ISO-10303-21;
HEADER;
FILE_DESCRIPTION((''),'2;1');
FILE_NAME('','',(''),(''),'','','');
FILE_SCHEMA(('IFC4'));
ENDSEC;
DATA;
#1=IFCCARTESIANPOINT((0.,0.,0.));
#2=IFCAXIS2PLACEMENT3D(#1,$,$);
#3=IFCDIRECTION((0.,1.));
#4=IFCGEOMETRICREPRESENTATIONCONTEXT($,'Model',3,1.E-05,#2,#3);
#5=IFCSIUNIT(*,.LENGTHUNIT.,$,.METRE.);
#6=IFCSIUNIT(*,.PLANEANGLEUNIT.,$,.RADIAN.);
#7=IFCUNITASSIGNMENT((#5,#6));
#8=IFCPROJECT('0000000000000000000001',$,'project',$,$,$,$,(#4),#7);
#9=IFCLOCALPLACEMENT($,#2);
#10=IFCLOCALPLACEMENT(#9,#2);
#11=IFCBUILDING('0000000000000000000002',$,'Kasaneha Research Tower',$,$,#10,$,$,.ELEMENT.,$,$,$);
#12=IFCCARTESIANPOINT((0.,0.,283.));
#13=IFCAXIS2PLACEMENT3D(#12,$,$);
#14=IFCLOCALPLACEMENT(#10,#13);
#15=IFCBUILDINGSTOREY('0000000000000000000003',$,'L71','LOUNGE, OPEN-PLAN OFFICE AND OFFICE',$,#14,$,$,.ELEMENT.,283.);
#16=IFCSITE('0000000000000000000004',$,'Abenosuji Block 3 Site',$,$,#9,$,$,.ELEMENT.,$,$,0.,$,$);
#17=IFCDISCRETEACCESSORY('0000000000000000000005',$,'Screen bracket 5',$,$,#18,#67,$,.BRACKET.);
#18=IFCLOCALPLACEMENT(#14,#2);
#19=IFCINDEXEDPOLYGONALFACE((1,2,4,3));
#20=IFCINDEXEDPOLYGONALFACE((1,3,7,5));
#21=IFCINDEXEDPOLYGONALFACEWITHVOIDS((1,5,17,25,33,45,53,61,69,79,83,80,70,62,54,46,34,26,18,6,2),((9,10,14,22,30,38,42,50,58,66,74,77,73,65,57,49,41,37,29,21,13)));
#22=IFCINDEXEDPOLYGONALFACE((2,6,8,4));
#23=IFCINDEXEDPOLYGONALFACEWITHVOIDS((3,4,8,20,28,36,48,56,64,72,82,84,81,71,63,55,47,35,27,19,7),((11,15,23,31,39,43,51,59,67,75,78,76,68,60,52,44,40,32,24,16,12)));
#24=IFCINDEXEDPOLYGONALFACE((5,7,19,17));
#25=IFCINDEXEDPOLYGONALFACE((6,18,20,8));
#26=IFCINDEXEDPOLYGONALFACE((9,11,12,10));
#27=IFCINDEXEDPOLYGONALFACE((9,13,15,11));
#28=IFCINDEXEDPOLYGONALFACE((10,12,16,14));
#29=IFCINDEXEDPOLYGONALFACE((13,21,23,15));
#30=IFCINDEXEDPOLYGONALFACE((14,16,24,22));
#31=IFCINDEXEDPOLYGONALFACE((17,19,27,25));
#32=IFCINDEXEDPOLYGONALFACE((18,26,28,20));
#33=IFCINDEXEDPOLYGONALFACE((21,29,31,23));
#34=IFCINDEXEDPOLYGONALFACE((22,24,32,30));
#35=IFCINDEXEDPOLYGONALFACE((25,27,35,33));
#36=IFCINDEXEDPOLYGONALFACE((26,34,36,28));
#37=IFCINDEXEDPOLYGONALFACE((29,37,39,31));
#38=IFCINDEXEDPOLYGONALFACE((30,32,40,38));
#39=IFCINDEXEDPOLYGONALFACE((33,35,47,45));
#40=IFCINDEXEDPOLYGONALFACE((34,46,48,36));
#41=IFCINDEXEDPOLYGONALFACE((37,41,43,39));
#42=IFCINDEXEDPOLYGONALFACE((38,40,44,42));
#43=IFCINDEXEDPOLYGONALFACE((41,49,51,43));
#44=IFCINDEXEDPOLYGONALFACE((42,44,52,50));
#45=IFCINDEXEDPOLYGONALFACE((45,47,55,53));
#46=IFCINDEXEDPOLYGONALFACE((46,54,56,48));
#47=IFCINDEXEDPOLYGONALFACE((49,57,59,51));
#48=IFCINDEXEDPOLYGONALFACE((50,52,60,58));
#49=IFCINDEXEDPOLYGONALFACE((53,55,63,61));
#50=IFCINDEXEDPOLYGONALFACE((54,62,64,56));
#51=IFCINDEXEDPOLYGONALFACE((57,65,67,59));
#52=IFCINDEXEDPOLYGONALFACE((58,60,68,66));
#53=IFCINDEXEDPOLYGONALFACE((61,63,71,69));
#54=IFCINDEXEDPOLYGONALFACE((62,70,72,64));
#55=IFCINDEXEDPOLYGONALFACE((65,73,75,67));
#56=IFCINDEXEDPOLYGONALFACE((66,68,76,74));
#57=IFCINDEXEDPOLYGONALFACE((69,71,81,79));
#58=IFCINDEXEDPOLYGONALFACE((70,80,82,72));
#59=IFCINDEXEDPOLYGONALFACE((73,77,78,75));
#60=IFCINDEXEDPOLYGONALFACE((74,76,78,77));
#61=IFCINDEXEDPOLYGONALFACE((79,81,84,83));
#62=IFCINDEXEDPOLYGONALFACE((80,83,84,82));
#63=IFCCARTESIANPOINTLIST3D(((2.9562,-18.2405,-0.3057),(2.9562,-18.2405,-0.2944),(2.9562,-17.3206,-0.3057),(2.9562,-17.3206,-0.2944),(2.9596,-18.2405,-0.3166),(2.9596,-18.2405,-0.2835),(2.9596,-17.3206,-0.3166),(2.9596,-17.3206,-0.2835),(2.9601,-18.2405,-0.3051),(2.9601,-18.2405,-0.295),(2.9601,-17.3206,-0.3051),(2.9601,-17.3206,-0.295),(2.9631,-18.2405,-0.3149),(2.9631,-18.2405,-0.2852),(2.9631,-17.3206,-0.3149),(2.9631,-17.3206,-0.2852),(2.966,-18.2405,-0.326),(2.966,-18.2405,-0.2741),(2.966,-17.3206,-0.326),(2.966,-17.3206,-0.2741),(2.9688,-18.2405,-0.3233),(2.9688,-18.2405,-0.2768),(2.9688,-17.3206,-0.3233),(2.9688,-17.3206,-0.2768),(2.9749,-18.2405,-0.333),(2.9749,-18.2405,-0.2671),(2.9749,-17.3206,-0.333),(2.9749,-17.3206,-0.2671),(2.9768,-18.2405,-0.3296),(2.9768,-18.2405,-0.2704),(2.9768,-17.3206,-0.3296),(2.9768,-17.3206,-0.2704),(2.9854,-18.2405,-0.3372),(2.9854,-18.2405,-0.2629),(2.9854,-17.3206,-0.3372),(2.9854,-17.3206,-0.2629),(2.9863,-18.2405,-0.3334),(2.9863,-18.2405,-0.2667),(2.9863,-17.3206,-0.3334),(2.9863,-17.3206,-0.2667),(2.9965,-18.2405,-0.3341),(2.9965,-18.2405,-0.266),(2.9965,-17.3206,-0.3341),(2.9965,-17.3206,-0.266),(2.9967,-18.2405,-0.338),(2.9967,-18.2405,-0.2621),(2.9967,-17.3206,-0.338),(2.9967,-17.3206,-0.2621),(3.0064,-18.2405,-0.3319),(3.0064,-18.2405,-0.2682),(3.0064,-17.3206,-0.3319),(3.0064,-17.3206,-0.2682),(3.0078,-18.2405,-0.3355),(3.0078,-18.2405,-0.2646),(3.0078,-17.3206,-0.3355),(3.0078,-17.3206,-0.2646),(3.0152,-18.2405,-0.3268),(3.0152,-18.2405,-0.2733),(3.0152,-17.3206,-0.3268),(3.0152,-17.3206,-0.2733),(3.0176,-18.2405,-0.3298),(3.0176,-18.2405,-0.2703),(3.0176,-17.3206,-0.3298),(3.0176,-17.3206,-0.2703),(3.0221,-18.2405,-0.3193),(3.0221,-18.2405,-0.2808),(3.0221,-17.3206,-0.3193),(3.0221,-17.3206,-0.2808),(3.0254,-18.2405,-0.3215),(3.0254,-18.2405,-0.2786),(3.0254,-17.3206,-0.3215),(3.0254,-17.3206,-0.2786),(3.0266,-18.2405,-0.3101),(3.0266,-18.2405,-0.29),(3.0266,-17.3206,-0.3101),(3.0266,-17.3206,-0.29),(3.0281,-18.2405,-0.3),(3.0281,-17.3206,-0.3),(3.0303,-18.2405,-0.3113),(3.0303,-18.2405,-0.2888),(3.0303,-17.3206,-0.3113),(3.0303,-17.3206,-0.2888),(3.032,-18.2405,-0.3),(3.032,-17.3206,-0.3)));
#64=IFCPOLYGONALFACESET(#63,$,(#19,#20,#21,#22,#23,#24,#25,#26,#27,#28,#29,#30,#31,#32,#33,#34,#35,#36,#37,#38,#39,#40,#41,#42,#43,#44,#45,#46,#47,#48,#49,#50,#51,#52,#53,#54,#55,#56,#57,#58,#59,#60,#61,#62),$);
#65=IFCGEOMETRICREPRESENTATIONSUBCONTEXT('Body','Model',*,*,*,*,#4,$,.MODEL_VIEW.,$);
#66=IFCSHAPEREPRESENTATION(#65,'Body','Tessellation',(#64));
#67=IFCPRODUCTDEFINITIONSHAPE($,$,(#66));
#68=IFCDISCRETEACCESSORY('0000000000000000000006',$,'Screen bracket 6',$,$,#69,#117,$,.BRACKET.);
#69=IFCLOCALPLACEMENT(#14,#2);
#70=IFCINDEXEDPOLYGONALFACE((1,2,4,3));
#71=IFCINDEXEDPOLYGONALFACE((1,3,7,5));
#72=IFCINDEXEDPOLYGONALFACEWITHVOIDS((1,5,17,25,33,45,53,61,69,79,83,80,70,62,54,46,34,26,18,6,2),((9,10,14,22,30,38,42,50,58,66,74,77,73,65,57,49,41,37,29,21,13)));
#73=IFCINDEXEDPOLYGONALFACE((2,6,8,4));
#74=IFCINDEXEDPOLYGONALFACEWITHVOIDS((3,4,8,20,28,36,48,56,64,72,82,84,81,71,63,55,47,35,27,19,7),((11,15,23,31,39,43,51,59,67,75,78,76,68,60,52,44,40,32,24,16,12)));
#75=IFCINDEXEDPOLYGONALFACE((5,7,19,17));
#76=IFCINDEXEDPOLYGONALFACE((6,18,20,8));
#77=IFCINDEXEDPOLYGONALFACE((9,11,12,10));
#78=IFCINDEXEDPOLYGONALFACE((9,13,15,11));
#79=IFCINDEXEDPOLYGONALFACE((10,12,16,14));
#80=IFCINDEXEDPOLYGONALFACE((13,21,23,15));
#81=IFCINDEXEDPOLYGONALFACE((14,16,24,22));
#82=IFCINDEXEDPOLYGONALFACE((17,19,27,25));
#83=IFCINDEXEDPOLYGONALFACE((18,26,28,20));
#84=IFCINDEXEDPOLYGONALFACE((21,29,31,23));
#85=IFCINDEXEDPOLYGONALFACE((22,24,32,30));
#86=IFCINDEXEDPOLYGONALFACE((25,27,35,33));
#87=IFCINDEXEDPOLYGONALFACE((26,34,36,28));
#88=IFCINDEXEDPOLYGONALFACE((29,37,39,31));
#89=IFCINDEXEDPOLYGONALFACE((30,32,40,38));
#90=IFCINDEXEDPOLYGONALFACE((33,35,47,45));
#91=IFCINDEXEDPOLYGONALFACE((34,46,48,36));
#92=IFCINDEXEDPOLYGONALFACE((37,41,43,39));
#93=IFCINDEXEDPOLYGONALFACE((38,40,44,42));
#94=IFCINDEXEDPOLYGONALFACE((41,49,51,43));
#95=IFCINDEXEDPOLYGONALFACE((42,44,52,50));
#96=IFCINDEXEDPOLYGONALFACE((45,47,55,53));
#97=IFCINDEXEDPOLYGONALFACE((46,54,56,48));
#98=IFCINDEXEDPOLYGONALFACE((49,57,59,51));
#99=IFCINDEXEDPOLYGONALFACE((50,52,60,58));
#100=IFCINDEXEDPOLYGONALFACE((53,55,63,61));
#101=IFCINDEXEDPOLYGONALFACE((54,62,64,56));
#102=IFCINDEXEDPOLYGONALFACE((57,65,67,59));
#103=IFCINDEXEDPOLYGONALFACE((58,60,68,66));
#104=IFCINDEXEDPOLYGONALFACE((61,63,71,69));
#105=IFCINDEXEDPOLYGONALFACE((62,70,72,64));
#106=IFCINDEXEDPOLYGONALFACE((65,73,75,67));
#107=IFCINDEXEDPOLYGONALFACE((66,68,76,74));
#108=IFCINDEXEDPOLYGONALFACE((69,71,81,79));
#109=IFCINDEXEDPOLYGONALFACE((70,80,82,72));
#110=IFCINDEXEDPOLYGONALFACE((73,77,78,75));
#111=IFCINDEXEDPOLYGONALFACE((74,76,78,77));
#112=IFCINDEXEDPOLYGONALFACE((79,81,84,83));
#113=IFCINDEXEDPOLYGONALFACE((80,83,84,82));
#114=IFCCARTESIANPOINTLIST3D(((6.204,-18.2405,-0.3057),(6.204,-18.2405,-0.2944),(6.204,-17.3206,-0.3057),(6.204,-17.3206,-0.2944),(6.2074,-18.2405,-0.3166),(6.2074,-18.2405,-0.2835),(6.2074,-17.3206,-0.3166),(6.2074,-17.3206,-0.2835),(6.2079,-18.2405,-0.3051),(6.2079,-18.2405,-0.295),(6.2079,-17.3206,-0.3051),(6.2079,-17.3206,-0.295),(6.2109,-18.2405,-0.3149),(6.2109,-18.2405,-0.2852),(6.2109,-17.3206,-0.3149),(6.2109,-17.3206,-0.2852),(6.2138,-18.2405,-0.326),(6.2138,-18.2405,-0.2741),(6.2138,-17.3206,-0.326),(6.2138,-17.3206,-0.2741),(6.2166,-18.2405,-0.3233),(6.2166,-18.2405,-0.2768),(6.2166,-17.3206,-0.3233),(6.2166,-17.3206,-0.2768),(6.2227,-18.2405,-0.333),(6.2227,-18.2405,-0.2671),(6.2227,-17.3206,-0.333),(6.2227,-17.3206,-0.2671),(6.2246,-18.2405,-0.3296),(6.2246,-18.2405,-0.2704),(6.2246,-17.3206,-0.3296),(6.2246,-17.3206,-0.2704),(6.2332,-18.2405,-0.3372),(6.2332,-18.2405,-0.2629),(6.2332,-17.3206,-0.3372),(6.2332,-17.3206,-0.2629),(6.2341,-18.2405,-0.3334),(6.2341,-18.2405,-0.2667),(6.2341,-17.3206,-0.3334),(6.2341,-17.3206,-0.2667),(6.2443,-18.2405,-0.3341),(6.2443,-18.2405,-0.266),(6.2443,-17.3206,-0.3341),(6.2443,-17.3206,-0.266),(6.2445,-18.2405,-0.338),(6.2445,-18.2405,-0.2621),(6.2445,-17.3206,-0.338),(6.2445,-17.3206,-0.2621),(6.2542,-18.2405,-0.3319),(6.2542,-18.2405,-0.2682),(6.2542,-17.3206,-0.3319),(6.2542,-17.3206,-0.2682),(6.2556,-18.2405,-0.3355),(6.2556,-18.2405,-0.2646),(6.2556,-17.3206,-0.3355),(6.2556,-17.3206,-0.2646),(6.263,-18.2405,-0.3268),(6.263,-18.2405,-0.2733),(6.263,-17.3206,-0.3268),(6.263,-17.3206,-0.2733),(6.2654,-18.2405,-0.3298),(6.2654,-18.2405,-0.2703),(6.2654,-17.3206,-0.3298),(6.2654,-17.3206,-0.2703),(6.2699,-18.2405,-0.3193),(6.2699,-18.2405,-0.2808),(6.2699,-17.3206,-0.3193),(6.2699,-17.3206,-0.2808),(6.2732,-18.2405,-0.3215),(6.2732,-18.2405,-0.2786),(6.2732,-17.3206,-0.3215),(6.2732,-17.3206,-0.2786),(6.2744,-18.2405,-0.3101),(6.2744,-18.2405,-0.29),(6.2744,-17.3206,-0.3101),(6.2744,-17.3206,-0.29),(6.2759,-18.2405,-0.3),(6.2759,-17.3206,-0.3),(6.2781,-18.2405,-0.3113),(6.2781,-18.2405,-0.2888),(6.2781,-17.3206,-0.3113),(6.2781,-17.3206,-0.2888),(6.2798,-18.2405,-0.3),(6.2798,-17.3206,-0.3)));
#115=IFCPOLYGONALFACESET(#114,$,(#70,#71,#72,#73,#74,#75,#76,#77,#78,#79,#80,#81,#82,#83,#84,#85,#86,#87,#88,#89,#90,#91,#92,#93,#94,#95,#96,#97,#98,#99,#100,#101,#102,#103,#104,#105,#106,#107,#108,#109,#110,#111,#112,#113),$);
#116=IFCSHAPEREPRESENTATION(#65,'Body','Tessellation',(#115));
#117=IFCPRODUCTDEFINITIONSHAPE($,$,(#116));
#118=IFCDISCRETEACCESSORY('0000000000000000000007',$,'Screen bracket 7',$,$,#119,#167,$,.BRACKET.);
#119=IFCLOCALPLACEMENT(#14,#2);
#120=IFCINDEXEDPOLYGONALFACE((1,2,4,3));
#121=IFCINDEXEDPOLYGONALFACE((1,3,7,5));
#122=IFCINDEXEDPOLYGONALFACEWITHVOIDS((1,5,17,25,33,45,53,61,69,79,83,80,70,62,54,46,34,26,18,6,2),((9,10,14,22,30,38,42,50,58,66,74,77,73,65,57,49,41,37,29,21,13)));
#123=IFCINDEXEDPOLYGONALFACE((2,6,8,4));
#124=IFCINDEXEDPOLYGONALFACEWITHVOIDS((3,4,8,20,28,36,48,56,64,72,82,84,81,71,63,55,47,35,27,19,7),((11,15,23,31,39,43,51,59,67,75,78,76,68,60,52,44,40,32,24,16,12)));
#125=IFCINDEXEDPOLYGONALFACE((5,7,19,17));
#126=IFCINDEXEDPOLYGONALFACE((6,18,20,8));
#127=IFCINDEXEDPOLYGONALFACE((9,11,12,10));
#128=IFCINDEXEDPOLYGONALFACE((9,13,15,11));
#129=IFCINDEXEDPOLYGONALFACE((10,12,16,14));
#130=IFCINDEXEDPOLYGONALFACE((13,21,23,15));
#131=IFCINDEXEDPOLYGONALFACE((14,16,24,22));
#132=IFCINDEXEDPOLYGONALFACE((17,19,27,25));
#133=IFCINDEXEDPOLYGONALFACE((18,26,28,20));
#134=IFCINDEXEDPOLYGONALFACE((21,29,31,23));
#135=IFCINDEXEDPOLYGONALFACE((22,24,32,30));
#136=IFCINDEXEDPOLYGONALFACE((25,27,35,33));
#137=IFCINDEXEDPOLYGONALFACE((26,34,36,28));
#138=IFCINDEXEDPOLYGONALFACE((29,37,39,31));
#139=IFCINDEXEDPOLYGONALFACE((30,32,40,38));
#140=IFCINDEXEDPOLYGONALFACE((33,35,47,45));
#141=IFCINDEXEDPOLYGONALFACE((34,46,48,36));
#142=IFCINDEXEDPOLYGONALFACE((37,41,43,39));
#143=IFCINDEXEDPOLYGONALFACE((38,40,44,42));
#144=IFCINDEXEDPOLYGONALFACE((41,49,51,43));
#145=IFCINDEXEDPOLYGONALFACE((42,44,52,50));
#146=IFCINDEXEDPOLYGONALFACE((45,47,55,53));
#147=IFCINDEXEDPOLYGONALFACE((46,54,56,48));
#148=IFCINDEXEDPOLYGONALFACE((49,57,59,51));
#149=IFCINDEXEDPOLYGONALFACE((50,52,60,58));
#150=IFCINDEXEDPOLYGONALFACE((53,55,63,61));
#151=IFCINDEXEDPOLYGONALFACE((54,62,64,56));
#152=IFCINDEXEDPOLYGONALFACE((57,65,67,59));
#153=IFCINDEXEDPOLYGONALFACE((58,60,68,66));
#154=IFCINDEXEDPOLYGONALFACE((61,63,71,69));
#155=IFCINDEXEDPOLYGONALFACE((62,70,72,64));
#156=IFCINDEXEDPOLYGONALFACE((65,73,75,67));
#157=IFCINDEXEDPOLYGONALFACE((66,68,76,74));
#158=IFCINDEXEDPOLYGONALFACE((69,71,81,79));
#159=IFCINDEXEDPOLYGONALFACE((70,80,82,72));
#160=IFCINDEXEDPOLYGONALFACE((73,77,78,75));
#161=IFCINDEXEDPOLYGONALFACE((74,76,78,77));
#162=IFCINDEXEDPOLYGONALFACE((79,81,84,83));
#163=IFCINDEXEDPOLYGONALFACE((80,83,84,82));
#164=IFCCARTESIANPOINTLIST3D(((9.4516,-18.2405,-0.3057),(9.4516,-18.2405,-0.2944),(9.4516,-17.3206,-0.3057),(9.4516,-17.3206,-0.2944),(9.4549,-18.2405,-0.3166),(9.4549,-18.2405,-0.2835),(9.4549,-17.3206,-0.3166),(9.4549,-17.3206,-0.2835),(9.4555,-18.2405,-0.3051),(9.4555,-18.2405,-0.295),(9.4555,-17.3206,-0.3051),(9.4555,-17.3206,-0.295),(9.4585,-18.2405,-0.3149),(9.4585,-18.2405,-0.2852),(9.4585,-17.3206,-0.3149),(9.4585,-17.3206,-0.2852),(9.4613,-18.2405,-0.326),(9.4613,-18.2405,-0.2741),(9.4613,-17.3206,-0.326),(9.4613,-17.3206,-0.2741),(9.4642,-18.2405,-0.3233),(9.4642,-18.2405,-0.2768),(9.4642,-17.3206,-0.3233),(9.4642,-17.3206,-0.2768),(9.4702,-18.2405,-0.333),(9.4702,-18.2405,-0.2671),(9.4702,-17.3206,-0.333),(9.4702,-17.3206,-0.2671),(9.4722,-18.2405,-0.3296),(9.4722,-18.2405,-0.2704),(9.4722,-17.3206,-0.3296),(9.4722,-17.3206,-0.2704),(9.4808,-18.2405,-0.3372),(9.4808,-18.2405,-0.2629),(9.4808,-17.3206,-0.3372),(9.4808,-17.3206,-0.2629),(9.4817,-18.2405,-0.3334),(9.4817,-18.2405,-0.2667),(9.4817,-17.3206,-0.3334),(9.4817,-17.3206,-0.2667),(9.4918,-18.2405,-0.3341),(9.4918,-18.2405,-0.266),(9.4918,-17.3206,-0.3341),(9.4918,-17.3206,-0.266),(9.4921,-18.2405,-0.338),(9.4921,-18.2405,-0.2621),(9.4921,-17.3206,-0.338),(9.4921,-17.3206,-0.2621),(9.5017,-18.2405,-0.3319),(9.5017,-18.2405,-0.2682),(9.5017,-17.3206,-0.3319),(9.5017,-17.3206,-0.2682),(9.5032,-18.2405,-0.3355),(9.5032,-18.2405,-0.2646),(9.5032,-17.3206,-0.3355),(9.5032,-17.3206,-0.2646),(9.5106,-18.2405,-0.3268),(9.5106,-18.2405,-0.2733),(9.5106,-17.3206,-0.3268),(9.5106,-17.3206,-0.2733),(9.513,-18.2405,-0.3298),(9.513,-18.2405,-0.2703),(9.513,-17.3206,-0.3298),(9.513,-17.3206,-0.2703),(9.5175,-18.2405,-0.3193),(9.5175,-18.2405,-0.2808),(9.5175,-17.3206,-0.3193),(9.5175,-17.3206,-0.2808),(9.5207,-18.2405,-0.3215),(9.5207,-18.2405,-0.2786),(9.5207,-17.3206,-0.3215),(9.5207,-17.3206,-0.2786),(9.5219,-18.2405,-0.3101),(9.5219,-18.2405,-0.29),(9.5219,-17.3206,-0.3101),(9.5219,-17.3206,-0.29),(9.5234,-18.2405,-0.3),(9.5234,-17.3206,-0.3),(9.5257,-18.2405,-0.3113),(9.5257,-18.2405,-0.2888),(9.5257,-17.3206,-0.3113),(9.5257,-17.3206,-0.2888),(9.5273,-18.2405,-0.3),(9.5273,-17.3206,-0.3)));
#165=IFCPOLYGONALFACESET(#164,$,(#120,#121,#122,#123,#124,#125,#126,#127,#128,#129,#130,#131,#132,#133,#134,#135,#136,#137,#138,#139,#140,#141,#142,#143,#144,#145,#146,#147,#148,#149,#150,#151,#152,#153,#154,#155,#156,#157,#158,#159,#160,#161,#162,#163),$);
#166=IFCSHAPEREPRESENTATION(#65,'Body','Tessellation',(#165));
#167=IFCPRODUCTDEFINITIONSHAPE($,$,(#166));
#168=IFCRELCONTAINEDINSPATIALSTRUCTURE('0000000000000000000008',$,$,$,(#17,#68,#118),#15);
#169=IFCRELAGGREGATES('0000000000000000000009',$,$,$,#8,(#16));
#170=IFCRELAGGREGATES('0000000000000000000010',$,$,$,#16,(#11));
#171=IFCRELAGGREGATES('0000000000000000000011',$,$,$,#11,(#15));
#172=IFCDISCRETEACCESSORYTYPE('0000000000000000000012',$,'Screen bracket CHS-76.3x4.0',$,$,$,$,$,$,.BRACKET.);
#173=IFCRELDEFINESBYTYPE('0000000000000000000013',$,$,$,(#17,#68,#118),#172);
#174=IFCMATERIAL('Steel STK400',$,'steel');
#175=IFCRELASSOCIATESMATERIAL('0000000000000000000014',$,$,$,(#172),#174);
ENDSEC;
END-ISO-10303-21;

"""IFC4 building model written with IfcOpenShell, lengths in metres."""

from ifc_helpers import new_model, si_unit, direction, frame, origin, origin_2d, place, context, subcontext, project, spatial, hollow_circle, extrude, material, material_profile, profile_set, type_object, element, save


model = new_model("IFC4")

# Units and contexts
model_context = context("Model", 3, precision=1e-05, world=origin(), true_north=direction((0.0, 1.0)))
body_context = subcontext(model_context, "Body", "Model", "MODEL_VIEW")
ifc_project = project(units=[si_unit("LENGTHUNIT", "METRE"), si_unit("PLANEANGLEUNIT", "RADIAN")], contexts=[model_context])

# Site, building, storey
site_placement = place(None, origin())
site = spatial("IfcSite", under=ifc_project, at=site_placement, Name="Abenosuji Block 3 Site", CompositionType="ELEMENT", RefElevation=0.0)
building_placement = place(site_placement, origin())
building = spatial("IfcBuilding", under=site, at=building_placement, Name="Kasaneha Research Tower", CompositionType="ELEMENT")
storey_placement = place(building_placement, frame((0.0, 0.0, 283.0)))
storey = spatial("IfcBuildingStorey", under=building, at=storey_placement, Name="L71", Description="LOUNGE, OPEN-PLAN OFFICE AND OFFICE", CompositionType="ELEMENT", Elevation=283.0)

# Discrete accessories
ifc_material_1 = material(Name="Steel STK400", Category="steel")
ifc_material_profile_1 = material_profile(ifc_material_1, hollow_circle(Radius=0.0381, WallThickness=0.0039, at=origin_2d()), Name="CHS-76.3x4.0")
ifc_profile_set_1 = profile_set([ifc_material_profile_1], Name="Steel STK400")
discrete_accessory_type = type_object("IfcDiscreteAccessoryType", Name="Screen bracket CHS-76.3x4.0", PredefinedType="BRACKET", material=ifc_profile_set_1)
for number, where, z_axis, x_axis, name in (
    (1, (2.9939, -17.3206, -0.3), (0.0, -1.0, 0.0), (1.0, 0.0, 0.0), "Screen bracket 5"),
    (2, (6.2417, -17.3206, -0.3), (0.0, -1.0, 0.0), (1.0, 0.0, 0.0), "Screen bracket 6"),
    (3, (9.4893, -17.3206, -0.3), (0.0, -1.0, 0.0), (1.0, 0.0, 0.0), "Screen bracket 7"),
):
    element("IfcDiscreteAccessory", number, at=place(storey_placement, frame(where, z_axis=z_axis, x_axis=x_axis)), inside=storey, type_object=discrete_accessory_type, Name=name, PredefinedType="BRACKET", context=body_context, shape_type="SweptSolid", body=[
        extrude(hollow_circle(Radius=0.0381, WallThickness=0.0039, at=origin_2d()), origin(), (0.0, 0.0, 1.0), 0.9199),
    ])

save(model, "model.ifc")
